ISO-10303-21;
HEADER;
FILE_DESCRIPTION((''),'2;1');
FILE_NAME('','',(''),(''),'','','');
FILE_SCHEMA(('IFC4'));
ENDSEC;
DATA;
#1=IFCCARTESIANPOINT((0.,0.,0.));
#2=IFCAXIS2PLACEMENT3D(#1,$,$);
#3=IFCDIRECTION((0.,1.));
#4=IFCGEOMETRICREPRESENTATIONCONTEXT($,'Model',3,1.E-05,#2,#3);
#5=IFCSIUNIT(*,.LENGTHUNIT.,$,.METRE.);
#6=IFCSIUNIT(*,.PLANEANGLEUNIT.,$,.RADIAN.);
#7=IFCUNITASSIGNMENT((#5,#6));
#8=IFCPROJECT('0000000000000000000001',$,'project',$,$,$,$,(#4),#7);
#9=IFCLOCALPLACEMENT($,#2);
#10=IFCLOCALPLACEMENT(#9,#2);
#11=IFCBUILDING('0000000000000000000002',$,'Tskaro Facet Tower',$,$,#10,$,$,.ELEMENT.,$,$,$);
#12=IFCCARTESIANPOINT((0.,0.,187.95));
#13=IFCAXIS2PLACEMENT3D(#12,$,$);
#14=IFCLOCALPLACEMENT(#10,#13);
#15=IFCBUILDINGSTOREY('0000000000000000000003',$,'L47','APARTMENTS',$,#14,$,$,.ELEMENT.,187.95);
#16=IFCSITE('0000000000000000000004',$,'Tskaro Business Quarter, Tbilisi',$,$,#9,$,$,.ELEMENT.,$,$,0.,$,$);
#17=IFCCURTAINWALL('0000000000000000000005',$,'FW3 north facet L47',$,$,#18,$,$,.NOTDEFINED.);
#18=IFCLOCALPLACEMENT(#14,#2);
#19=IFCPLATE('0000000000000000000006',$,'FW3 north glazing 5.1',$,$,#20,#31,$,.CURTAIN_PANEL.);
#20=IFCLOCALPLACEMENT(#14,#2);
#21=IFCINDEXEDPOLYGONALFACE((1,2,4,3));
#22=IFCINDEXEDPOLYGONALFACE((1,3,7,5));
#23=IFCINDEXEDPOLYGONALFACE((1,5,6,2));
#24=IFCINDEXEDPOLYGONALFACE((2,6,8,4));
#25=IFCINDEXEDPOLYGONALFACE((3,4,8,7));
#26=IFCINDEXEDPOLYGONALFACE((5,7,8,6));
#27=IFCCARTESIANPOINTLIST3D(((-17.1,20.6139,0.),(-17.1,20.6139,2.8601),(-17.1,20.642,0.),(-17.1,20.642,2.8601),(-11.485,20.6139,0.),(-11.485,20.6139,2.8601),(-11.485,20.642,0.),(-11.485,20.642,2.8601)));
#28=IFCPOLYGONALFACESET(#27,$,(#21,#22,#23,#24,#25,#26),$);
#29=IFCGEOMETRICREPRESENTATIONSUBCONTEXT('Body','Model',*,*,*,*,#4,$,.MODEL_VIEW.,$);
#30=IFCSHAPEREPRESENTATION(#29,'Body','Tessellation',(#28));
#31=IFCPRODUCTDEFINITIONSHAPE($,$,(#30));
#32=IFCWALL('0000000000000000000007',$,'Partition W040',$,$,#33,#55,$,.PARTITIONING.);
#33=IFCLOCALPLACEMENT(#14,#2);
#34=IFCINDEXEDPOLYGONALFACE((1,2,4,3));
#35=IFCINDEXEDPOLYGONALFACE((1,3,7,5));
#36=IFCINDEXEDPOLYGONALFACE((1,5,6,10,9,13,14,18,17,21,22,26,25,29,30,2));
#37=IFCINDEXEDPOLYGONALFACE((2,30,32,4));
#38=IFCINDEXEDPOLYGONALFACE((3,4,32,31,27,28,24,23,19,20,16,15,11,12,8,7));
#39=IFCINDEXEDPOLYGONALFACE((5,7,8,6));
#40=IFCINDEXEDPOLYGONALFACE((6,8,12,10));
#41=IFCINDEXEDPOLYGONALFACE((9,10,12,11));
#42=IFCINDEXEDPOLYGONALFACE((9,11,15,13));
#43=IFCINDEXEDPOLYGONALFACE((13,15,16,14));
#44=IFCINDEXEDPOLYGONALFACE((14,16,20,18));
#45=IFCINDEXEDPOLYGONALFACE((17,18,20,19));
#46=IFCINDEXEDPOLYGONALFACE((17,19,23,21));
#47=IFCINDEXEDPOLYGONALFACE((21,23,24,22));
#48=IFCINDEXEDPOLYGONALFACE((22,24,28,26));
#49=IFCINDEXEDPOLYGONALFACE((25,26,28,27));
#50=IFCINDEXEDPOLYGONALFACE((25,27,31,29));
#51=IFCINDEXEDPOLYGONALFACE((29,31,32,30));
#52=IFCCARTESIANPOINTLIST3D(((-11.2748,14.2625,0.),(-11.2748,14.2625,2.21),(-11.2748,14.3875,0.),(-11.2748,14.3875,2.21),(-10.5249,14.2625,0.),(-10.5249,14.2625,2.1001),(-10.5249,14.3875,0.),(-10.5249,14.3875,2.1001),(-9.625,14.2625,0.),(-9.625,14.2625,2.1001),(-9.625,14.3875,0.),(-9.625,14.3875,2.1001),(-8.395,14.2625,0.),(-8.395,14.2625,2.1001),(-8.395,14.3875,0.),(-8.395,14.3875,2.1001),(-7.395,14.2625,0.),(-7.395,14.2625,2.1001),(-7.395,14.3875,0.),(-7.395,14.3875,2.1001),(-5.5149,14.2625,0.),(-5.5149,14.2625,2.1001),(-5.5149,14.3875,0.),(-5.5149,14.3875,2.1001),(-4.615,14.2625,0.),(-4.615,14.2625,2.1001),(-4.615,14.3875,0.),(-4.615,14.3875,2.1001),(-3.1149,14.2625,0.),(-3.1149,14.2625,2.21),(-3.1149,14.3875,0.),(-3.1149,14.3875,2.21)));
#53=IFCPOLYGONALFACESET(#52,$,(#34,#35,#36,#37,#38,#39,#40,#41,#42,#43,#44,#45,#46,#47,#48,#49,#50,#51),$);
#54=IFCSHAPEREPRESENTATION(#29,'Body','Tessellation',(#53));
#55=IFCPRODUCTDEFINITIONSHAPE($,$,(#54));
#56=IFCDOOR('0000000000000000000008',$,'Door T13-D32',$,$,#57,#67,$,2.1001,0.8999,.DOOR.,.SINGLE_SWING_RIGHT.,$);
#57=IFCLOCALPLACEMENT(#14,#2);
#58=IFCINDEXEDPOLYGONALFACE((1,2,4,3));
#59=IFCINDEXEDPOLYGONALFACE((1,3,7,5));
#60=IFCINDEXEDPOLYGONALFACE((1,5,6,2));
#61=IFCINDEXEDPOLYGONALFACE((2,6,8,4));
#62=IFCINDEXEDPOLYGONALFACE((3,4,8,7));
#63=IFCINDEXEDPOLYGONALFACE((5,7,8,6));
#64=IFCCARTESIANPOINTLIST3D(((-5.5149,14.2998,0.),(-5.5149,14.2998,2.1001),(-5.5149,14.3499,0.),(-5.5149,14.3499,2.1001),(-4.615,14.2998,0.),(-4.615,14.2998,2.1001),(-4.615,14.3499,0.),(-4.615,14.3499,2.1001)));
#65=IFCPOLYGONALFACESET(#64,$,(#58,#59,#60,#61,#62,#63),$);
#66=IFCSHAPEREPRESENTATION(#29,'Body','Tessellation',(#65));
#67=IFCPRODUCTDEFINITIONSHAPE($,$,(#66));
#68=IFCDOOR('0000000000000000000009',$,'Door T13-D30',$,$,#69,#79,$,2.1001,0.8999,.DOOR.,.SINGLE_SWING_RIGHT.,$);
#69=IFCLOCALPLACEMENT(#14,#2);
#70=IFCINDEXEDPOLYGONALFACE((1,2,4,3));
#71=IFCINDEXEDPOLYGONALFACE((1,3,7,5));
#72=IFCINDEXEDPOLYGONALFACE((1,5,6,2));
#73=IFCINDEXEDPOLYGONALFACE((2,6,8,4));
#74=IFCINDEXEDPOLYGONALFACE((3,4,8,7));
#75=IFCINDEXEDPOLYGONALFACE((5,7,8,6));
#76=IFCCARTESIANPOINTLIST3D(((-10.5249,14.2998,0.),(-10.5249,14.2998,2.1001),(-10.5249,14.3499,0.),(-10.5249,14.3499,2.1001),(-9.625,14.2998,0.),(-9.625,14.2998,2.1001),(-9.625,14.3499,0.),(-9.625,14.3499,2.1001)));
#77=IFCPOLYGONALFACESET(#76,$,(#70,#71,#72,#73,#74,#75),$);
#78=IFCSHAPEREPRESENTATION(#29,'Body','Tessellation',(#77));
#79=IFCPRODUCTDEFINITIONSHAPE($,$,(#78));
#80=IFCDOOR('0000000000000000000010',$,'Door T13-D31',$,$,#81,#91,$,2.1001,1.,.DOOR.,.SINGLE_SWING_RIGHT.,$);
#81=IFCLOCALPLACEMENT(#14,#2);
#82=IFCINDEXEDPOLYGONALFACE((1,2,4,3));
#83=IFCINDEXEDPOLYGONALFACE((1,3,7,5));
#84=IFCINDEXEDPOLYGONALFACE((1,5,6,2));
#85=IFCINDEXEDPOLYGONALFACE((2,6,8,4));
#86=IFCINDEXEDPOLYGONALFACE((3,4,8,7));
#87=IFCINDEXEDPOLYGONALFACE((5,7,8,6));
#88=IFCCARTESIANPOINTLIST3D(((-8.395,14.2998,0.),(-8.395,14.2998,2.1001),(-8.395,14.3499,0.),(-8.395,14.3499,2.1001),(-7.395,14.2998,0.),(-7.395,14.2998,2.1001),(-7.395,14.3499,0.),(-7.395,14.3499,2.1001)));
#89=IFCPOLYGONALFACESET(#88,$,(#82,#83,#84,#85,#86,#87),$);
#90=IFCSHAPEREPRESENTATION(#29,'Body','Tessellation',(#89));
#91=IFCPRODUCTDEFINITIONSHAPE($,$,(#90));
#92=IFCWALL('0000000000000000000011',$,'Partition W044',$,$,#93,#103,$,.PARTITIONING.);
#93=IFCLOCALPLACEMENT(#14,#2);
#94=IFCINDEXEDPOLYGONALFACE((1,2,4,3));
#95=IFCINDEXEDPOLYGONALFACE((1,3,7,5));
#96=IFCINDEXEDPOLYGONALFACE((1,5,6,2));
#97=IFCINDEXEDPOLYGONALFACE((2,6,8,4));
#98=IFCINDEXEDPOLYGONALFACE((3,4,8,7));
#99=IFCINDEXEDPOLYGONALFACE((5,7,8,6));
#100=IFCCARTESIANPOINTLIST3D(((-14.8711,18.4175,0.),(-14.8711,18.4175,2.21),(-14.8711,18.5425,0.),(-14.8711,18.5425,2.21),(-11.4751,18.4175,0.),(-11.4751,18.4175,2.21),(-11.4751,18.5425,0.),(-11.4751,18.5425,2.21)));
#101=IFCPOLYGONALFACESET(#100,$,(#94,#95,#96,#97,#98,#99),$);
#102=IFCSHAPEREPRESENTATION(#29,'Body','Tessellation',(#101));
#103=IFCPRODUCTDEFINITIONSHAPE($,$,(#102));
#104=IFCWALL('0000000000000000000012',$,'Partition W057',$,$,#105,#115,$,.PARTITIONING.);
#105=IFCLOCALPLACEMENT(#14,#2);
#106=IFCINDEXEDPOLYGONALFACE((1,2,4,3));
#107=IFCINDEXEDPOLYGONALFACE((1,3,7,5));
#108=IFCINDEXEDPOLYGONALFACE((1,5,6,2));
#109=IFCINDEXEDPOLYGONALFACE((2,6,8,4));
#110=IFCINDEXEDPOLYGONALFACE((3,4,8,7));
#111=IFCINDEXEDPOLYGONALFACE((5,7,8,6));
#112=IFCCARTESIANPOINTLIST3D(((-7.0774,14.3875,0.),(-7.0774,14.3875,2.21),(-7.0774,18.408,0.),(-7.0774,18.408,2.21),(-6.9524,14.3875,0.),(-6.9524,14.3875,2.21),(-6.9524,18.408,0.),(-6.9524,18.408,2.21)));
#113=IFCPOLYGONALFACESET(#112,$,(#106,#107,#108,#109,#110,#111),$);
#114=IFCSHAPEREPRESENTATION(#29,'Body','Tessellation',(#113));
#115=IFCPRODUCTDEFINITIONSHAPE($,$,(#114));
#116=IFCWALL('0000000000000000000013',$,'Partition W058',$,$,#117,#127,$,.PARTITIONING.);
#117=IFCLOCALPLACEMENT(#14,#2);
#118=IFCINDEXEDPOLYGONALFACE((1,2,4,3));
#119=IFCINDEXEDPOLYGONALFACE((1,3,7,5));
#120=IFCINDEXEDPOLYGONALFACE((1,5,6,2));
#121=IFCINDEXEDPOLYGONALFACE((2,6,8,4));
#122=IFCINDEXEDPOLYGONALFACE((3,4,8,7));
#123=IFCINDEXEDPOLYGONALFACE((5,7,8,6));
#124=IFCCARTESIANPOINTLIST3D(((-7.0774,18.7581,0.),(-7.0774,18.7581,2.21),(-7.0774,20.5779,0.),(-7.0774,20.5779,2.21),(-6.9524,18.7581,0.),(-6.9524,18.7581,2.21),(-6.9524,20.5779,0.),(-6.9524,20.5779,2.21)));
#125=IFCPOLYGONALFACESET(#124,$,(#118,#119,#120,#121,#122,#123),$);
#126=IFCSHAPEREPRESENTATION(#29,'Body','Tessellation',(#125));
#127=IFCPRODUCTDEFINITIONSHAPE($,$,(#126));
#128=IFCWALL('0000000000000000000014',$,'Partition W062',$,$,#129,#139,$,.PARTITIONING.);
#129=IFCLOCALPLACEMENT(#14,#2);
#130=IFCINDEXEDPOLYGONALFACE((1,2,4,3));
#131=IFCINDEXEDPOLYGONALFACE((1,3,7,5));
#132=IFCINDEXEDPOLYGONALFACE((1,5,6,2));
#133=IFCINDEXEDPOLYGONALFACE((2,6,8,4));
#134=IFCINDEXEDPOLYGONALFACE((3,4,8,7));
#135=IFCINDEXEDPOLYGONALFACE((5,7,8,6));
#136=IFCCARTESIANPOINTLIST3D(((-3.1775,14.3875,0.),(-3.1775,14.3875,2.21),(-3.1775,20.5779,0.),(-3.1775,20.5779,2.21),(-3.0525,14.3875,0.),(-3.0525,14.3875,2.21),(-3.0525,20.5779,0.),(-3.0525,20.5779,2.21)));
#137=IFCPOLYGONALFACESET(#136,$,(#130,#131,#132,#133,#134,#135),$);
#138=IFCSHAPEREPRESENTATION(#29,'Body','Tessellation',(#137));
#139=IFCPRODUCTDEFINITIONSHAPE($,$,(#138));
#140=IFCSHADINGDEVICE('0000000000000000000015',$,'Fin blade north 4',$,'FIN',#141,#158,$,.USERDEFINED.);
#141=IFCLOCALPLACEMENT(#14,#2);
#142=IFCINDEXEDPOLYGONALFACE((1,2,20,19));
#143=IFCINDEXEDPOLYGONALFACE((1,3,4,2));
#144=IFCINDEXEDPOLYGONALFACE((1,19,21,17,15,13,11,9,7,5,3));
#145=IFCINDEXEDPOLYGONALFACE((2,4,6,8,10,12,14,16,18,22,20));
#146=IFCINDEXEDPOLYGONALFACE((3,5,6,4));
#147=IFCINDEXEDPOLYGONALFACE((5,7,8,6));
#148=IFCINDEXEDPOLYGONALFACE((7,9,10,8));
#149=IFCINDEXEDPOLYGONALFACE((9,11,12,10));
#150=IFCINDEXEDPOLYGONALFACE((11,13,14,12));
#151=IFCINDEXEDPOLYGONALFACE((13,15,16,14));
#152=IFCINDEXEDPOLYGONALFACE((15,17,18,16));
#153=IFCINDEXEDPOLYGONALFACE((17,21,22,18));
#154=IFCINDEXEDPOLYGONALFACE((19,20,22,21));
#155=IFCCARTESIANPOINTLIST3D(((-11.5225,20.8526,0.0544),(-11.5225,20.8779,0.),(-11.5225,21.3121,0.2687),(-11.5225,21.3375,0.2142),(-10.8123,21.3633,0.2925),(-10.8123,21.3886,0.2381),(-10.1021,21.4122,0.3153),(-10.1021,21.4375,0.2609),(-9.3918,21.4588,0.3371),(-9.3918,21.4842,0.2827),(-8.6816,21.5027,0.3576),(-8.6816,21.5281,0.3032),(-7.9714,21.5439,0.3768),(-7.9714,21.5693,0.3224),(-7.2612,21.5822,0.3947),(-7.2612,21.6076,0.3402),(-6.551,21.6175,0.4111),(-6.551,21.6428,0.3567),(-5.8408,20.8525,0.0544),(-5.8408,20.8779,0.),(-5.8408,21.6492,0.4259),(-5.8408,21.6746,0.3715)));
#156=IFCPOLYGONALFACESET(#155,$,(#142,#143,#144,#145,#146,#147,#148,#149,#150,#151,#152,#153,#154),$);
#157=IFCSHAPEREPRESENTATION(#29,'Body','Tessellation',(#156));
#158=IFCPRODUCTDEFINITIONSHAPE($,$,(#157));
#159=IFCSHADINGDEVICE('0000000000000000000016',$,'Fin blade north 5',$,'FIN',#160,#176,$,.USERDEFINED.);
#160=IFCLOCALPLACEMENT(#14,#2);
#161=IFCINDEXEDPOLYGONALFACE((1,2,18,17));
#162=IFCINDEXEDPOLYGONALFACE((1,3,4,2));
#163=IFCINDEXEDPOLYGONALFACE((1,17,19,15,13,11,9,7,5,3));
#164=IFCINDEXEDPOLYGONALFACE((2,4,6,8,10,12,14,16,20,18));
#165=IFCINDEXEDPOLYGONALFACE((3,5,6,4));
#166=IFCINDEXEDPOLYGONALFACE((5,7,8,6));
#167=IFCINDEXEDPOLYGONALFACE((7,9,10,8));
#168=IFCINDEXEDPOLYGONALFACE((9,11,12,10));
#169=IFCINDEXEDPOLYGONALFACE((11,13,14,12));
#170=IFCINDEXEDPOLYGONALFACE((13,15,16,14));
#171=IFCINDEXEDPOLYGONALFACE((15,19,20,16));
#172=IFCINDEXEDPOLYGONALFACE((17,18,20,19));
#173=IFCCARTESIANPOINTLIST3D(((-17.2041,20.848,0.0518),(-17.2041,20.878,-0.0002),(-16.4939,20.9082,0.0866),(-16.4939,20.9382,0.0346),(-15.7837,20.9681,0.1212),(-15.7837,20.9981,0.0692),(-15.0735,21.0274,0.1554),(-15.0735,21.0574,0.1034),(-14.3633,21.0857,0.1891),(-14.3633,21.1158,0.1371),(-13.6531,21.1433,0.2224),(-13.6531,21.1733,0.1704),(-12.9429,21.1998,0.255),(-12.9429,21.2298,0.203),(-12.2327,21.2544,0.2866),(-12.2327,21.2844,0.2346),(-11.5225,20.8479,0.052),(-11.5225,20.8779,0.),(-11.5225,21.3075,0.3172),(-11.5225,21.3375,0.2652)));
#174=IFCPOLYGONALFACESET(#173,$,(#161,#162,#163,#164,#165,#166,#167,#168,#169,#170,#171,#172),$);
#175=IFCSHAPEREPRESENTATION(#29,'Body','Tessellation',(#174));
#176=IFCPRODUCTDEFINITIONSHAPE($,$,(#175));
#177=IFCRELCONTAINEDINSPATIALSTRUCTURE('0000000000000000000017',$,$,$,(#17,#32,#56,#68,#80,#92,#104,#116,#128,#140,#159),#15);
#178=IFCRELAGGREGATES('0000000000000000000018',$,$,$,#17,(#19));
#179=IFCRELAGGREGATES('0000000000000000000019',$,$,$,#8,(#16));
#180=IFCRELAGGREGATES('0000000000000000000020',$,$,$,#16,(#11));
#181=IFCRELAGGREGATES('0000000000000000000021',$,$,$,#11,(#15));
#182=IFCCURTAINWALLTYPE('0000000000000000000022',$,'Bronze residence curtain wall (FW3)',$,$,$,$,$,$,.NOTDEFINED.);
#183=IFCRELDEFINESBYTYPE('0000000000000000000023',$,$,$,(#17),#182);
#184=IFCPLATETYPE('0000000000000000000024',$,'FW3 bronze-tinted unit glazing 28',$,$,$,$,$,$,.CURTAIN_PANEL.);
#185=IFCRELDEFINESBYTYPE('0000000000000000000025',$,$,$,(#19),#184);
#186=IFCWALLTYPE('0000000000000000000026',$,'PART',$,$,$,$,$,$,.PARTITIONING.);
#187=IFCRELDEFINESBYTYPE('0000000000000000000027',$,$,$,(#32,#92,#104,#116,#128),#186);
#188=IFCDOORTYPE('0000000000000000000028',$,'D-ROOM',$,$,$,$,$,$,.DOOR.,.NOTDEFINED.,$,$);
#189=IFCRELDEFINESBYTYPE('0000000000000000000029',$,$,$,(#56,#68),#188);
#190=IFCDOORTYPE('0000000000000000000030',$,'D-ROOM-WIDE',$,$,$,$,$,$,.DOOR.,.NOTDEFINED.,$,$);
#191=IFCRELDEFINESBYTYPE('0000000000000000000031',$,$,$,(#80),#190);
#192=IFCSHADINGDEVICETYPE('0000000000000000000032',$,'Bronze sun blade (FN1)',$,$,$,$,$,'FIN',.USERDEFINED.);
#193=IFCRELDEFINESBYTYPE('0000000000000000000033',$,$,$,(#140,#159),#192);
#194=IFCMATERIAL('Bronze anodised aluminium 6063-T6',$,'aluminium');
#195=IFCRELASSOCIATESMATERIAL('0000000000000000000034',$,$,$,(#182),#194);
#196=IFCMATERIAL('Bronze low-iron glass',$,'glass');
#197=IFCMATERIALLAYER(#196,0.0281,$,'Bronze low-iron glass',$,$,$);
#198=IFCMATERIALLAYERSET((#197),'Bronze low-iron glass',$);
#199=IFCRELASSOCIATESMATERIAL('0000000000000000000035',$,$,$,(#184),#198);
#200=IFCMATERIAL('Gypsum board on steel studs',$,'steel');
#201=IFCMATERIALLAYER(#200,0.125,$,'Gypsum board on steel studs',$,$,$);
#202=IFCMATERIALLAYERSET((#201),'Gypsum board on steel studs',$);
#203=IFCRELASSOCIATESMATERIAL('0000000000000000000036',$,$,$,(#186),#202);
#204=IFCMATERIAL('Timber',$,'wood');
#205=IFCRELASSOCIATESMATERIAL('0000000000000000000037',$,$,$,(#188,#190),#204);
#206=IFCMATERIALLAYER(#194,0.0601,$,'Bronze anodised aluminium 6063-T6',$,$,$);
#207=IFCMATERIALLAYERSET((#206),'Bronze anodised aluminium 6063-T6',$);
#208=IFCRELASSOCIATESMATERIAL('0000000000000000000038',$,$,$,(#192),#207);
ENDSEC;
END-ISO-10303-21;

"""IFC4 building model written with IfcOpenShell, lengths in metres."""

from ifc_helpers import new_model, si_unit, direction, frame, frame_2d, origin, origin_2d, place, context, subcontext, project, spatial, polyline, rectangle, outline, extrude, material, layer, layer_set, type_object, element, fill, aggregate, save


model = new_model("IFC4")

# Units and contexts
model_context = context("Model", 3, precision=1e-05, world=origin(), true_north=direction((0.0, 1.0)))
body_context = subcontext(model_context, "Body", "Model", "MODEL_VIEW")
ifc_project = project(units=[si_unit("LENGTHUNIT", "METRE"), si_unit("PLANEANGLEUNIT", "RADIAN")], contexts=[model_context])

# Site, building, storey
site_placement = place(None, origin())
site = spatial("IfcSite", under=ifc_project, at=site_placement, Name="Tskaro Business Quarter, Tbilisi", CompositionType="ELEMENT", RefElevation=0.0)
building_placement = place(site_placement, origin())
building = spatial("IfcBuilding", under=site, at=building_placement, Name="Tskaro Facet Tower", CompositionType="ELEMENT")
storey_placement = place(building_placement, frame((0.0, 0.0, 187.95)))
storey = spatial("IfcBuildingStorey", under=building, at=storey_placement, Name="L47", Description="APARTMENTS", CompositionType="ELEMENT", Elevation=187.95)

# Shared definitions
ifc_material_1 = material(Name="Bronze anodised aluminium 6063-T6", Category="aluminium")
curtain_wall_type = type_object("IfcCurtainWallType", Name="Bronze residence curtain wall (FW3)", PredefinedType="NOTDEFINED", material=ifc_material_1)

# Curtain wall
curtain_wall_1_placement = place(storey_placement, origin())
curtain_wall_1 = element("IfcCurtainWall", 1, at=curtain_wall_1_placement, inside=storey, type_object=curtain_wall_type, Name="FW3 north facet L47", PredefinedType="NOTDEFINED")

# Plate
ifc_material_2 = material(Name="Bronze low-iron glass", Category="glass")
ifc_layer_1 = layer(ifc_material_2, 0.0281, Name="Bronze low-iron glass")
ifc_layer_set_1 = layer_set([ifc_layer_1], Name="Bronze low-iron glass")
plate_type = type_object("IfcPlateType", Name="FW3 bronze-tinted unit glazing 28", PredefinedType="CURTAIN_PANEL", material=ifc_layer_set_1)
plate_1_placement = place(storey_placement, frame((-14.2925, 20.6279, 0.0), z_axis=(0.0, 0.0, 1.0), x_axis=(-1.0, 0.0, 0.0)))
plate_1 = element("IfcPlate", 2, at=plate_1_placement, type_object=plate_type, Name="FW3 north glazing 5.1", PredefinedType="CURTAIN_PANEL", context=body_context, shape_type="SweptSolid", body=[
    extrude(rectangle(XDim=5.615, YDim=0.0281, at=origin_2d()), origin(), (0.0, 0.0, 1.0), 2.8601),
])
aggregate(curtain_wall_1, [plate_1])

# Wall, openings, doors
ifc_material_3 = material(Name="Gypsum board on steel studs", Category="steel")
ifc_layer_2 = layer(ifc_material_3, 0.125, Name="Gypsum board on steel studs")
ifc_layer_set_2 = layer_set([ifc_layer_2], Name="Gypsum board on steel studs")
wall_type = type_object("IfcWallType", Name="PART", PredefinedType="PARTITIONING", material=ifc_layer_set_2)
wall_1_placement = place(storey_placement, frame((-11.2749, 14.325, 0.0), z_axis=(0.0, 0.0, 1.0), x_axis=(1.0, 0.0, 0.0)))
wall_1 = element("IfcWall", 3, at=wall_1_placement, inside=storey, type_object=wall_type, Name="Partition W040", PredefinedType="PARTITIONING", context=body_context, shape_type="SweptSolid", body=[
    extrude(rectangle(XDim=8.1599, YDim=0.125, at=frame_2d((4.0801, 0.0))), origin(), (0.0, 0.0, 1.0), 2.21),
])
opening_1_placement = place(wall_1_placement, frame((5.76, 0.0, 0.0)))
opening_1 = element("IfcOpeningElement", 4, at=opening_1_placement, cuts=wall_1, PredefinedType="OPENING", context=body_context, shape_type="SweptSolid", body=[
    extrude(rectangle(XDim=0.8999, YDim=2.1001, at=frame_2d((0.45, 1.05))), frame((0.0, 0.0725, 0.0), z_axis=(0.0, -1.0, 0.0), x_axis=(1.0, 0.0, 0.0)), (0.0, 0.0, 1.0), 0.145),
])
opening_2_placement = place(wall_1_placement, frame((2.8799, 0.0, 0.0)))
opening_2 = element("IfcOpeningElement", 5, at=opening_2_placement, cuts=wall_1, PredefinedType="OPENING", context=body_context, shape_type="SweptSolid", body=[
    extrude(rectangle(XDim=1.0, YDim=2.1001, at=frame_2d((0.5, 1.05))), frame((0.0, 0.0725, 0.0), z_axis=(0.0, -1.0, 0.0), x_axis=(1.0, 0.0, 0.0)), (0.0, 0.0, 1.0), 0.145),
])
opening_3_placement = place(wall_1_placement, frame((0.75, 0.0, 0.0)))
opening_3 = element("IfcOpeningElement", 6, at=opening_3_placement, cuts=wall_1, PredefinedType="OPENING", context=body_context, shape_type="SweptSolid", body=[
    extrude(rectangle(XDim=0.8999, YDim=2.1001, at=frame_2d((0.45, 1.05))), frame((0.0, 0.0725, 0.0), z_axis=(0.0, -1.0, 0.0), x_axis=(1.0, 0.0, 0.0)), (0.0, 0.0, 1.0), 0.145),
])
ifc_material_4 = material(Name="Timber", Category="wood")
door_type_1 = type_object("IfcDoorType", Name="D-ROOM", OperationType="NOTDEFINED", PredefinedType="DOOR", material=ifc_material_4)
door_1_placement = place(opening_1_placement, origin())
door_1 = element("IfcDoor", 7, at=door_1_placement, inside=storey, type_object=door_type_1, Name="Door T13-D32", OperationType="SINGLE_SWING_RIGHT", OverallHeight=2.1001, OverallWidth=0.8999, PredefinedType="DOOR", context=body_context, shape_type="SweptSolid", body=[
    extrude(rectangle(XDim=0.8999, YDim=2.1001, at=frame_2d((0.45, 1.05))), frame((0.0, 0.0249, 0.0), z_axis=(0.0, -1.0, 0.0), x_axis=(1.0, 0.0, 0.0)), (0.0, 0.0, 1.0), 0.05),
])
fill(opening_1, door_1)
door_2_placement = place(opening_3_placement, origin())
door_2 = element("IfcDoor", 8, at=door_2_placement, inside=storey, type_object=door_type_1, Name="Door T13-D30", OperationType="SINGLE_SWING_RIGHT", OverallHeight=2.1001, OverallWidth=0.8999, PredefinedType="DOOR", context=body_context, shape_type="SweptSolid", body=[
    extrude(rectangle(XDim=0.8999, YDim=2.1001, at=frame_2d((0.45, 1.05))), frame((0.0, 0.0249, 0.0), z_axis=(0.0, -1.0, 0.0), x_axis=(1.0, 0.0, 0.0)), (0.0, 0.0, 1.0), 0.05),
])
fill(opening_3, door_2)
door_type_2 = type_object("IfcDoorType", Name="D-ROOM-WIDE", OperationType="NOTDEFINED", PredefinedType="DOOR", material=ifc_material_4)
door_3_placement = place(opening_2_placement, origin())
door_3 = element("IfcDoor", 9, at=door_3_placement, inside=storey, type_object=door_type_2, Name="Door T13-D31", OperationType="SINGLE_SWING_RIGHT", OverallHeight=2.1001, OverallWidth=1.0, PredefinedType="DOOR", context=body_context, shape_type="SweptSolid", body=[
    extrude(rectangle(XDim=1.0, YDim=2.1001, at=frame_2d((0.5, 1.05))), frame((0.0, 0.0249, 0.0), z_axis=(0.0, -1.0, 0.0), x_axis=(1.0, 0.0, 0.0)), (0.0, 0.0, 1.0), 0.05),
])
fill(opening_2, door_3)

# Walls
wall_2_placement = place(storey_placement, frame((-14.8711, 18.48, 0.0), z_axis=(0.0, 0.0, 1.0), x_axis=(1.0, 0.0, 0.0)))
element("IfcWall", 10, at=wall_2_placement, inside=storey, type_object=wall_type, Name="Partition W044", PredefinedType="PARTITIONING", context=body_context, shape_type="SweptSolid", body=[
    extrude(rectangle(XDim=3.396, YDim=0.125, at=frame_2d((1.698, 0.0))), origin(), (0.0, 0.0, 1.0), 2.21),
])
wall_3_placement = place(storey_placement, frame((-7.0149, 14.3875, 0.0), z_axis=(0.0, 0.0, 1.0), x_axis=(0.0, 1.0, 0.0)))
element("IfcWall", 11, at=wall_3_placement, inside=storey, type_object=wall_type, Name="Partition W057", PredefinedType="PARTITIONING", context=body_context, shape_type="SweptSolid", body=[
    extrude(rectangle(XDim=4.0205, YDim=0.125, at=frame_2d((2.0103, 0.0))), origin(), (0.0, 0.0, 1.0), 2.21),
])
wall_4_placement = place(storey_placement, frame((-7.0149, 18.7581, 0.0), z_axis=(0.0, 0.0, 1.0), x_axis=(0.0, 1.0, 0.0)))
element("IfcWall", 12, at=wall_4_placement, inside=storey, type_object=wall_type, Name="Partition W058", PredefinedType="PARTITIONING", context=body_context, shape_type="SweptSolid", body=[
    extrude(rectangle(XDim=1.8198, YDim=0.125, at=frame_2d((0.9099, 0.0))), origin(), (0.0, 0.0, 1.0), 2.21),
])
wall_5_placement = place(storey_placement, frame((-3.115, 14.3875, 0.0), z_axis=(0.0, 0.0, 1.0), x_axis=(0.0, 1.0, 0.0)))
element("IfcWall", 13, at=wall_5_placement, inside=storey, type_object=wall_type, Name="Partition W062", PredefinedType="PARTITIONING", context=body_context, shape_type="SweptSolid", body=[
    extrude(rectangle(XDim=6.1904, YDim=0.125, at=frame_2d((3.0952, 0.0))), origin(), (0.0, 0.0, 1.0), 2.21),
])

# Shading devices
ifc_layer_3 = layer(ifc_material_1, 0.0601, Name="Bronze anodised aluminium 6063-T6")
ifc_layer_set_3 = layer_set([ifc_layer_3], Name="Bronze anodised aluminium 6063-T6")
shading_device_type = type_object("IfcShadingDeviceType", Name="Bronze sun blade (FN1)", ElementType="FIN", PredefinedType="USERDEFINED", material=ifc_layer_set_3)
shading_device_1_placement = place(storey_placement, frame((-5.8408, 20.8525, 0.0544), z_axis=(-0.000007, -0.42259, 0.906321), x_axis=(-1.0, 0.000003, -0.000006)))
element("IfcShadingDevice", 14, at=shading_device_1_placement, inside=storey, type_object=shading_device_type, Name="Fin blade north 4", ObjectType="FIN", PredefinedType="USERDEFINED", context=body_context, shape_type="SweptSolid", body=[
    extrude(outline(polyline([(0.0, 0.0), (5.6816, 0.0), (5.6816, -0.507), (4.9714, -0.5635), (4.2612, -0.6174), (3.551, -0.6689), (2.8408, -0.7174), (2.1306, -0.7628), (1.4204, -0.8051), (0.7102, -0.844), (0.0, -0.879), (0.0, 0.0)])), origin(), (0.0, 0.0, -1.0), 0.0601),
])
shading_device_2_placement = place(storey_placement, frame((-11.5225, 20.8479, 0.052), z_axis=(-0.000034, -0.499833, 0.866122), x_axis=(-1.0, 0.000017, -0.000029)))
element("IfcShadingDevice", 15, at=shading_device_2_placement, inside=storey, type_object=shading_device_type, Name="Fin blade north 5", ObjectType="FIN", PredefinedType="USERDEFINED", context=body_context, shape_type="SweptSolid", body=[
    extrude(outline(polyline([(0.0, 0.0), (5.6816, 0.0), (4.9714, -0.0696), (4.2612, -0.1387), (3.551, -0.2072), (2.8408, -0.2745), (2.1306, -0.341), (1.4204, -0.4062), (0.7102, -0.4693), (0.0, -0.5306), (0.0, 0.0)])), origin(), (0.0, 0.0, -1.0), 0.0601),
])

save(model, "model.ifc")
